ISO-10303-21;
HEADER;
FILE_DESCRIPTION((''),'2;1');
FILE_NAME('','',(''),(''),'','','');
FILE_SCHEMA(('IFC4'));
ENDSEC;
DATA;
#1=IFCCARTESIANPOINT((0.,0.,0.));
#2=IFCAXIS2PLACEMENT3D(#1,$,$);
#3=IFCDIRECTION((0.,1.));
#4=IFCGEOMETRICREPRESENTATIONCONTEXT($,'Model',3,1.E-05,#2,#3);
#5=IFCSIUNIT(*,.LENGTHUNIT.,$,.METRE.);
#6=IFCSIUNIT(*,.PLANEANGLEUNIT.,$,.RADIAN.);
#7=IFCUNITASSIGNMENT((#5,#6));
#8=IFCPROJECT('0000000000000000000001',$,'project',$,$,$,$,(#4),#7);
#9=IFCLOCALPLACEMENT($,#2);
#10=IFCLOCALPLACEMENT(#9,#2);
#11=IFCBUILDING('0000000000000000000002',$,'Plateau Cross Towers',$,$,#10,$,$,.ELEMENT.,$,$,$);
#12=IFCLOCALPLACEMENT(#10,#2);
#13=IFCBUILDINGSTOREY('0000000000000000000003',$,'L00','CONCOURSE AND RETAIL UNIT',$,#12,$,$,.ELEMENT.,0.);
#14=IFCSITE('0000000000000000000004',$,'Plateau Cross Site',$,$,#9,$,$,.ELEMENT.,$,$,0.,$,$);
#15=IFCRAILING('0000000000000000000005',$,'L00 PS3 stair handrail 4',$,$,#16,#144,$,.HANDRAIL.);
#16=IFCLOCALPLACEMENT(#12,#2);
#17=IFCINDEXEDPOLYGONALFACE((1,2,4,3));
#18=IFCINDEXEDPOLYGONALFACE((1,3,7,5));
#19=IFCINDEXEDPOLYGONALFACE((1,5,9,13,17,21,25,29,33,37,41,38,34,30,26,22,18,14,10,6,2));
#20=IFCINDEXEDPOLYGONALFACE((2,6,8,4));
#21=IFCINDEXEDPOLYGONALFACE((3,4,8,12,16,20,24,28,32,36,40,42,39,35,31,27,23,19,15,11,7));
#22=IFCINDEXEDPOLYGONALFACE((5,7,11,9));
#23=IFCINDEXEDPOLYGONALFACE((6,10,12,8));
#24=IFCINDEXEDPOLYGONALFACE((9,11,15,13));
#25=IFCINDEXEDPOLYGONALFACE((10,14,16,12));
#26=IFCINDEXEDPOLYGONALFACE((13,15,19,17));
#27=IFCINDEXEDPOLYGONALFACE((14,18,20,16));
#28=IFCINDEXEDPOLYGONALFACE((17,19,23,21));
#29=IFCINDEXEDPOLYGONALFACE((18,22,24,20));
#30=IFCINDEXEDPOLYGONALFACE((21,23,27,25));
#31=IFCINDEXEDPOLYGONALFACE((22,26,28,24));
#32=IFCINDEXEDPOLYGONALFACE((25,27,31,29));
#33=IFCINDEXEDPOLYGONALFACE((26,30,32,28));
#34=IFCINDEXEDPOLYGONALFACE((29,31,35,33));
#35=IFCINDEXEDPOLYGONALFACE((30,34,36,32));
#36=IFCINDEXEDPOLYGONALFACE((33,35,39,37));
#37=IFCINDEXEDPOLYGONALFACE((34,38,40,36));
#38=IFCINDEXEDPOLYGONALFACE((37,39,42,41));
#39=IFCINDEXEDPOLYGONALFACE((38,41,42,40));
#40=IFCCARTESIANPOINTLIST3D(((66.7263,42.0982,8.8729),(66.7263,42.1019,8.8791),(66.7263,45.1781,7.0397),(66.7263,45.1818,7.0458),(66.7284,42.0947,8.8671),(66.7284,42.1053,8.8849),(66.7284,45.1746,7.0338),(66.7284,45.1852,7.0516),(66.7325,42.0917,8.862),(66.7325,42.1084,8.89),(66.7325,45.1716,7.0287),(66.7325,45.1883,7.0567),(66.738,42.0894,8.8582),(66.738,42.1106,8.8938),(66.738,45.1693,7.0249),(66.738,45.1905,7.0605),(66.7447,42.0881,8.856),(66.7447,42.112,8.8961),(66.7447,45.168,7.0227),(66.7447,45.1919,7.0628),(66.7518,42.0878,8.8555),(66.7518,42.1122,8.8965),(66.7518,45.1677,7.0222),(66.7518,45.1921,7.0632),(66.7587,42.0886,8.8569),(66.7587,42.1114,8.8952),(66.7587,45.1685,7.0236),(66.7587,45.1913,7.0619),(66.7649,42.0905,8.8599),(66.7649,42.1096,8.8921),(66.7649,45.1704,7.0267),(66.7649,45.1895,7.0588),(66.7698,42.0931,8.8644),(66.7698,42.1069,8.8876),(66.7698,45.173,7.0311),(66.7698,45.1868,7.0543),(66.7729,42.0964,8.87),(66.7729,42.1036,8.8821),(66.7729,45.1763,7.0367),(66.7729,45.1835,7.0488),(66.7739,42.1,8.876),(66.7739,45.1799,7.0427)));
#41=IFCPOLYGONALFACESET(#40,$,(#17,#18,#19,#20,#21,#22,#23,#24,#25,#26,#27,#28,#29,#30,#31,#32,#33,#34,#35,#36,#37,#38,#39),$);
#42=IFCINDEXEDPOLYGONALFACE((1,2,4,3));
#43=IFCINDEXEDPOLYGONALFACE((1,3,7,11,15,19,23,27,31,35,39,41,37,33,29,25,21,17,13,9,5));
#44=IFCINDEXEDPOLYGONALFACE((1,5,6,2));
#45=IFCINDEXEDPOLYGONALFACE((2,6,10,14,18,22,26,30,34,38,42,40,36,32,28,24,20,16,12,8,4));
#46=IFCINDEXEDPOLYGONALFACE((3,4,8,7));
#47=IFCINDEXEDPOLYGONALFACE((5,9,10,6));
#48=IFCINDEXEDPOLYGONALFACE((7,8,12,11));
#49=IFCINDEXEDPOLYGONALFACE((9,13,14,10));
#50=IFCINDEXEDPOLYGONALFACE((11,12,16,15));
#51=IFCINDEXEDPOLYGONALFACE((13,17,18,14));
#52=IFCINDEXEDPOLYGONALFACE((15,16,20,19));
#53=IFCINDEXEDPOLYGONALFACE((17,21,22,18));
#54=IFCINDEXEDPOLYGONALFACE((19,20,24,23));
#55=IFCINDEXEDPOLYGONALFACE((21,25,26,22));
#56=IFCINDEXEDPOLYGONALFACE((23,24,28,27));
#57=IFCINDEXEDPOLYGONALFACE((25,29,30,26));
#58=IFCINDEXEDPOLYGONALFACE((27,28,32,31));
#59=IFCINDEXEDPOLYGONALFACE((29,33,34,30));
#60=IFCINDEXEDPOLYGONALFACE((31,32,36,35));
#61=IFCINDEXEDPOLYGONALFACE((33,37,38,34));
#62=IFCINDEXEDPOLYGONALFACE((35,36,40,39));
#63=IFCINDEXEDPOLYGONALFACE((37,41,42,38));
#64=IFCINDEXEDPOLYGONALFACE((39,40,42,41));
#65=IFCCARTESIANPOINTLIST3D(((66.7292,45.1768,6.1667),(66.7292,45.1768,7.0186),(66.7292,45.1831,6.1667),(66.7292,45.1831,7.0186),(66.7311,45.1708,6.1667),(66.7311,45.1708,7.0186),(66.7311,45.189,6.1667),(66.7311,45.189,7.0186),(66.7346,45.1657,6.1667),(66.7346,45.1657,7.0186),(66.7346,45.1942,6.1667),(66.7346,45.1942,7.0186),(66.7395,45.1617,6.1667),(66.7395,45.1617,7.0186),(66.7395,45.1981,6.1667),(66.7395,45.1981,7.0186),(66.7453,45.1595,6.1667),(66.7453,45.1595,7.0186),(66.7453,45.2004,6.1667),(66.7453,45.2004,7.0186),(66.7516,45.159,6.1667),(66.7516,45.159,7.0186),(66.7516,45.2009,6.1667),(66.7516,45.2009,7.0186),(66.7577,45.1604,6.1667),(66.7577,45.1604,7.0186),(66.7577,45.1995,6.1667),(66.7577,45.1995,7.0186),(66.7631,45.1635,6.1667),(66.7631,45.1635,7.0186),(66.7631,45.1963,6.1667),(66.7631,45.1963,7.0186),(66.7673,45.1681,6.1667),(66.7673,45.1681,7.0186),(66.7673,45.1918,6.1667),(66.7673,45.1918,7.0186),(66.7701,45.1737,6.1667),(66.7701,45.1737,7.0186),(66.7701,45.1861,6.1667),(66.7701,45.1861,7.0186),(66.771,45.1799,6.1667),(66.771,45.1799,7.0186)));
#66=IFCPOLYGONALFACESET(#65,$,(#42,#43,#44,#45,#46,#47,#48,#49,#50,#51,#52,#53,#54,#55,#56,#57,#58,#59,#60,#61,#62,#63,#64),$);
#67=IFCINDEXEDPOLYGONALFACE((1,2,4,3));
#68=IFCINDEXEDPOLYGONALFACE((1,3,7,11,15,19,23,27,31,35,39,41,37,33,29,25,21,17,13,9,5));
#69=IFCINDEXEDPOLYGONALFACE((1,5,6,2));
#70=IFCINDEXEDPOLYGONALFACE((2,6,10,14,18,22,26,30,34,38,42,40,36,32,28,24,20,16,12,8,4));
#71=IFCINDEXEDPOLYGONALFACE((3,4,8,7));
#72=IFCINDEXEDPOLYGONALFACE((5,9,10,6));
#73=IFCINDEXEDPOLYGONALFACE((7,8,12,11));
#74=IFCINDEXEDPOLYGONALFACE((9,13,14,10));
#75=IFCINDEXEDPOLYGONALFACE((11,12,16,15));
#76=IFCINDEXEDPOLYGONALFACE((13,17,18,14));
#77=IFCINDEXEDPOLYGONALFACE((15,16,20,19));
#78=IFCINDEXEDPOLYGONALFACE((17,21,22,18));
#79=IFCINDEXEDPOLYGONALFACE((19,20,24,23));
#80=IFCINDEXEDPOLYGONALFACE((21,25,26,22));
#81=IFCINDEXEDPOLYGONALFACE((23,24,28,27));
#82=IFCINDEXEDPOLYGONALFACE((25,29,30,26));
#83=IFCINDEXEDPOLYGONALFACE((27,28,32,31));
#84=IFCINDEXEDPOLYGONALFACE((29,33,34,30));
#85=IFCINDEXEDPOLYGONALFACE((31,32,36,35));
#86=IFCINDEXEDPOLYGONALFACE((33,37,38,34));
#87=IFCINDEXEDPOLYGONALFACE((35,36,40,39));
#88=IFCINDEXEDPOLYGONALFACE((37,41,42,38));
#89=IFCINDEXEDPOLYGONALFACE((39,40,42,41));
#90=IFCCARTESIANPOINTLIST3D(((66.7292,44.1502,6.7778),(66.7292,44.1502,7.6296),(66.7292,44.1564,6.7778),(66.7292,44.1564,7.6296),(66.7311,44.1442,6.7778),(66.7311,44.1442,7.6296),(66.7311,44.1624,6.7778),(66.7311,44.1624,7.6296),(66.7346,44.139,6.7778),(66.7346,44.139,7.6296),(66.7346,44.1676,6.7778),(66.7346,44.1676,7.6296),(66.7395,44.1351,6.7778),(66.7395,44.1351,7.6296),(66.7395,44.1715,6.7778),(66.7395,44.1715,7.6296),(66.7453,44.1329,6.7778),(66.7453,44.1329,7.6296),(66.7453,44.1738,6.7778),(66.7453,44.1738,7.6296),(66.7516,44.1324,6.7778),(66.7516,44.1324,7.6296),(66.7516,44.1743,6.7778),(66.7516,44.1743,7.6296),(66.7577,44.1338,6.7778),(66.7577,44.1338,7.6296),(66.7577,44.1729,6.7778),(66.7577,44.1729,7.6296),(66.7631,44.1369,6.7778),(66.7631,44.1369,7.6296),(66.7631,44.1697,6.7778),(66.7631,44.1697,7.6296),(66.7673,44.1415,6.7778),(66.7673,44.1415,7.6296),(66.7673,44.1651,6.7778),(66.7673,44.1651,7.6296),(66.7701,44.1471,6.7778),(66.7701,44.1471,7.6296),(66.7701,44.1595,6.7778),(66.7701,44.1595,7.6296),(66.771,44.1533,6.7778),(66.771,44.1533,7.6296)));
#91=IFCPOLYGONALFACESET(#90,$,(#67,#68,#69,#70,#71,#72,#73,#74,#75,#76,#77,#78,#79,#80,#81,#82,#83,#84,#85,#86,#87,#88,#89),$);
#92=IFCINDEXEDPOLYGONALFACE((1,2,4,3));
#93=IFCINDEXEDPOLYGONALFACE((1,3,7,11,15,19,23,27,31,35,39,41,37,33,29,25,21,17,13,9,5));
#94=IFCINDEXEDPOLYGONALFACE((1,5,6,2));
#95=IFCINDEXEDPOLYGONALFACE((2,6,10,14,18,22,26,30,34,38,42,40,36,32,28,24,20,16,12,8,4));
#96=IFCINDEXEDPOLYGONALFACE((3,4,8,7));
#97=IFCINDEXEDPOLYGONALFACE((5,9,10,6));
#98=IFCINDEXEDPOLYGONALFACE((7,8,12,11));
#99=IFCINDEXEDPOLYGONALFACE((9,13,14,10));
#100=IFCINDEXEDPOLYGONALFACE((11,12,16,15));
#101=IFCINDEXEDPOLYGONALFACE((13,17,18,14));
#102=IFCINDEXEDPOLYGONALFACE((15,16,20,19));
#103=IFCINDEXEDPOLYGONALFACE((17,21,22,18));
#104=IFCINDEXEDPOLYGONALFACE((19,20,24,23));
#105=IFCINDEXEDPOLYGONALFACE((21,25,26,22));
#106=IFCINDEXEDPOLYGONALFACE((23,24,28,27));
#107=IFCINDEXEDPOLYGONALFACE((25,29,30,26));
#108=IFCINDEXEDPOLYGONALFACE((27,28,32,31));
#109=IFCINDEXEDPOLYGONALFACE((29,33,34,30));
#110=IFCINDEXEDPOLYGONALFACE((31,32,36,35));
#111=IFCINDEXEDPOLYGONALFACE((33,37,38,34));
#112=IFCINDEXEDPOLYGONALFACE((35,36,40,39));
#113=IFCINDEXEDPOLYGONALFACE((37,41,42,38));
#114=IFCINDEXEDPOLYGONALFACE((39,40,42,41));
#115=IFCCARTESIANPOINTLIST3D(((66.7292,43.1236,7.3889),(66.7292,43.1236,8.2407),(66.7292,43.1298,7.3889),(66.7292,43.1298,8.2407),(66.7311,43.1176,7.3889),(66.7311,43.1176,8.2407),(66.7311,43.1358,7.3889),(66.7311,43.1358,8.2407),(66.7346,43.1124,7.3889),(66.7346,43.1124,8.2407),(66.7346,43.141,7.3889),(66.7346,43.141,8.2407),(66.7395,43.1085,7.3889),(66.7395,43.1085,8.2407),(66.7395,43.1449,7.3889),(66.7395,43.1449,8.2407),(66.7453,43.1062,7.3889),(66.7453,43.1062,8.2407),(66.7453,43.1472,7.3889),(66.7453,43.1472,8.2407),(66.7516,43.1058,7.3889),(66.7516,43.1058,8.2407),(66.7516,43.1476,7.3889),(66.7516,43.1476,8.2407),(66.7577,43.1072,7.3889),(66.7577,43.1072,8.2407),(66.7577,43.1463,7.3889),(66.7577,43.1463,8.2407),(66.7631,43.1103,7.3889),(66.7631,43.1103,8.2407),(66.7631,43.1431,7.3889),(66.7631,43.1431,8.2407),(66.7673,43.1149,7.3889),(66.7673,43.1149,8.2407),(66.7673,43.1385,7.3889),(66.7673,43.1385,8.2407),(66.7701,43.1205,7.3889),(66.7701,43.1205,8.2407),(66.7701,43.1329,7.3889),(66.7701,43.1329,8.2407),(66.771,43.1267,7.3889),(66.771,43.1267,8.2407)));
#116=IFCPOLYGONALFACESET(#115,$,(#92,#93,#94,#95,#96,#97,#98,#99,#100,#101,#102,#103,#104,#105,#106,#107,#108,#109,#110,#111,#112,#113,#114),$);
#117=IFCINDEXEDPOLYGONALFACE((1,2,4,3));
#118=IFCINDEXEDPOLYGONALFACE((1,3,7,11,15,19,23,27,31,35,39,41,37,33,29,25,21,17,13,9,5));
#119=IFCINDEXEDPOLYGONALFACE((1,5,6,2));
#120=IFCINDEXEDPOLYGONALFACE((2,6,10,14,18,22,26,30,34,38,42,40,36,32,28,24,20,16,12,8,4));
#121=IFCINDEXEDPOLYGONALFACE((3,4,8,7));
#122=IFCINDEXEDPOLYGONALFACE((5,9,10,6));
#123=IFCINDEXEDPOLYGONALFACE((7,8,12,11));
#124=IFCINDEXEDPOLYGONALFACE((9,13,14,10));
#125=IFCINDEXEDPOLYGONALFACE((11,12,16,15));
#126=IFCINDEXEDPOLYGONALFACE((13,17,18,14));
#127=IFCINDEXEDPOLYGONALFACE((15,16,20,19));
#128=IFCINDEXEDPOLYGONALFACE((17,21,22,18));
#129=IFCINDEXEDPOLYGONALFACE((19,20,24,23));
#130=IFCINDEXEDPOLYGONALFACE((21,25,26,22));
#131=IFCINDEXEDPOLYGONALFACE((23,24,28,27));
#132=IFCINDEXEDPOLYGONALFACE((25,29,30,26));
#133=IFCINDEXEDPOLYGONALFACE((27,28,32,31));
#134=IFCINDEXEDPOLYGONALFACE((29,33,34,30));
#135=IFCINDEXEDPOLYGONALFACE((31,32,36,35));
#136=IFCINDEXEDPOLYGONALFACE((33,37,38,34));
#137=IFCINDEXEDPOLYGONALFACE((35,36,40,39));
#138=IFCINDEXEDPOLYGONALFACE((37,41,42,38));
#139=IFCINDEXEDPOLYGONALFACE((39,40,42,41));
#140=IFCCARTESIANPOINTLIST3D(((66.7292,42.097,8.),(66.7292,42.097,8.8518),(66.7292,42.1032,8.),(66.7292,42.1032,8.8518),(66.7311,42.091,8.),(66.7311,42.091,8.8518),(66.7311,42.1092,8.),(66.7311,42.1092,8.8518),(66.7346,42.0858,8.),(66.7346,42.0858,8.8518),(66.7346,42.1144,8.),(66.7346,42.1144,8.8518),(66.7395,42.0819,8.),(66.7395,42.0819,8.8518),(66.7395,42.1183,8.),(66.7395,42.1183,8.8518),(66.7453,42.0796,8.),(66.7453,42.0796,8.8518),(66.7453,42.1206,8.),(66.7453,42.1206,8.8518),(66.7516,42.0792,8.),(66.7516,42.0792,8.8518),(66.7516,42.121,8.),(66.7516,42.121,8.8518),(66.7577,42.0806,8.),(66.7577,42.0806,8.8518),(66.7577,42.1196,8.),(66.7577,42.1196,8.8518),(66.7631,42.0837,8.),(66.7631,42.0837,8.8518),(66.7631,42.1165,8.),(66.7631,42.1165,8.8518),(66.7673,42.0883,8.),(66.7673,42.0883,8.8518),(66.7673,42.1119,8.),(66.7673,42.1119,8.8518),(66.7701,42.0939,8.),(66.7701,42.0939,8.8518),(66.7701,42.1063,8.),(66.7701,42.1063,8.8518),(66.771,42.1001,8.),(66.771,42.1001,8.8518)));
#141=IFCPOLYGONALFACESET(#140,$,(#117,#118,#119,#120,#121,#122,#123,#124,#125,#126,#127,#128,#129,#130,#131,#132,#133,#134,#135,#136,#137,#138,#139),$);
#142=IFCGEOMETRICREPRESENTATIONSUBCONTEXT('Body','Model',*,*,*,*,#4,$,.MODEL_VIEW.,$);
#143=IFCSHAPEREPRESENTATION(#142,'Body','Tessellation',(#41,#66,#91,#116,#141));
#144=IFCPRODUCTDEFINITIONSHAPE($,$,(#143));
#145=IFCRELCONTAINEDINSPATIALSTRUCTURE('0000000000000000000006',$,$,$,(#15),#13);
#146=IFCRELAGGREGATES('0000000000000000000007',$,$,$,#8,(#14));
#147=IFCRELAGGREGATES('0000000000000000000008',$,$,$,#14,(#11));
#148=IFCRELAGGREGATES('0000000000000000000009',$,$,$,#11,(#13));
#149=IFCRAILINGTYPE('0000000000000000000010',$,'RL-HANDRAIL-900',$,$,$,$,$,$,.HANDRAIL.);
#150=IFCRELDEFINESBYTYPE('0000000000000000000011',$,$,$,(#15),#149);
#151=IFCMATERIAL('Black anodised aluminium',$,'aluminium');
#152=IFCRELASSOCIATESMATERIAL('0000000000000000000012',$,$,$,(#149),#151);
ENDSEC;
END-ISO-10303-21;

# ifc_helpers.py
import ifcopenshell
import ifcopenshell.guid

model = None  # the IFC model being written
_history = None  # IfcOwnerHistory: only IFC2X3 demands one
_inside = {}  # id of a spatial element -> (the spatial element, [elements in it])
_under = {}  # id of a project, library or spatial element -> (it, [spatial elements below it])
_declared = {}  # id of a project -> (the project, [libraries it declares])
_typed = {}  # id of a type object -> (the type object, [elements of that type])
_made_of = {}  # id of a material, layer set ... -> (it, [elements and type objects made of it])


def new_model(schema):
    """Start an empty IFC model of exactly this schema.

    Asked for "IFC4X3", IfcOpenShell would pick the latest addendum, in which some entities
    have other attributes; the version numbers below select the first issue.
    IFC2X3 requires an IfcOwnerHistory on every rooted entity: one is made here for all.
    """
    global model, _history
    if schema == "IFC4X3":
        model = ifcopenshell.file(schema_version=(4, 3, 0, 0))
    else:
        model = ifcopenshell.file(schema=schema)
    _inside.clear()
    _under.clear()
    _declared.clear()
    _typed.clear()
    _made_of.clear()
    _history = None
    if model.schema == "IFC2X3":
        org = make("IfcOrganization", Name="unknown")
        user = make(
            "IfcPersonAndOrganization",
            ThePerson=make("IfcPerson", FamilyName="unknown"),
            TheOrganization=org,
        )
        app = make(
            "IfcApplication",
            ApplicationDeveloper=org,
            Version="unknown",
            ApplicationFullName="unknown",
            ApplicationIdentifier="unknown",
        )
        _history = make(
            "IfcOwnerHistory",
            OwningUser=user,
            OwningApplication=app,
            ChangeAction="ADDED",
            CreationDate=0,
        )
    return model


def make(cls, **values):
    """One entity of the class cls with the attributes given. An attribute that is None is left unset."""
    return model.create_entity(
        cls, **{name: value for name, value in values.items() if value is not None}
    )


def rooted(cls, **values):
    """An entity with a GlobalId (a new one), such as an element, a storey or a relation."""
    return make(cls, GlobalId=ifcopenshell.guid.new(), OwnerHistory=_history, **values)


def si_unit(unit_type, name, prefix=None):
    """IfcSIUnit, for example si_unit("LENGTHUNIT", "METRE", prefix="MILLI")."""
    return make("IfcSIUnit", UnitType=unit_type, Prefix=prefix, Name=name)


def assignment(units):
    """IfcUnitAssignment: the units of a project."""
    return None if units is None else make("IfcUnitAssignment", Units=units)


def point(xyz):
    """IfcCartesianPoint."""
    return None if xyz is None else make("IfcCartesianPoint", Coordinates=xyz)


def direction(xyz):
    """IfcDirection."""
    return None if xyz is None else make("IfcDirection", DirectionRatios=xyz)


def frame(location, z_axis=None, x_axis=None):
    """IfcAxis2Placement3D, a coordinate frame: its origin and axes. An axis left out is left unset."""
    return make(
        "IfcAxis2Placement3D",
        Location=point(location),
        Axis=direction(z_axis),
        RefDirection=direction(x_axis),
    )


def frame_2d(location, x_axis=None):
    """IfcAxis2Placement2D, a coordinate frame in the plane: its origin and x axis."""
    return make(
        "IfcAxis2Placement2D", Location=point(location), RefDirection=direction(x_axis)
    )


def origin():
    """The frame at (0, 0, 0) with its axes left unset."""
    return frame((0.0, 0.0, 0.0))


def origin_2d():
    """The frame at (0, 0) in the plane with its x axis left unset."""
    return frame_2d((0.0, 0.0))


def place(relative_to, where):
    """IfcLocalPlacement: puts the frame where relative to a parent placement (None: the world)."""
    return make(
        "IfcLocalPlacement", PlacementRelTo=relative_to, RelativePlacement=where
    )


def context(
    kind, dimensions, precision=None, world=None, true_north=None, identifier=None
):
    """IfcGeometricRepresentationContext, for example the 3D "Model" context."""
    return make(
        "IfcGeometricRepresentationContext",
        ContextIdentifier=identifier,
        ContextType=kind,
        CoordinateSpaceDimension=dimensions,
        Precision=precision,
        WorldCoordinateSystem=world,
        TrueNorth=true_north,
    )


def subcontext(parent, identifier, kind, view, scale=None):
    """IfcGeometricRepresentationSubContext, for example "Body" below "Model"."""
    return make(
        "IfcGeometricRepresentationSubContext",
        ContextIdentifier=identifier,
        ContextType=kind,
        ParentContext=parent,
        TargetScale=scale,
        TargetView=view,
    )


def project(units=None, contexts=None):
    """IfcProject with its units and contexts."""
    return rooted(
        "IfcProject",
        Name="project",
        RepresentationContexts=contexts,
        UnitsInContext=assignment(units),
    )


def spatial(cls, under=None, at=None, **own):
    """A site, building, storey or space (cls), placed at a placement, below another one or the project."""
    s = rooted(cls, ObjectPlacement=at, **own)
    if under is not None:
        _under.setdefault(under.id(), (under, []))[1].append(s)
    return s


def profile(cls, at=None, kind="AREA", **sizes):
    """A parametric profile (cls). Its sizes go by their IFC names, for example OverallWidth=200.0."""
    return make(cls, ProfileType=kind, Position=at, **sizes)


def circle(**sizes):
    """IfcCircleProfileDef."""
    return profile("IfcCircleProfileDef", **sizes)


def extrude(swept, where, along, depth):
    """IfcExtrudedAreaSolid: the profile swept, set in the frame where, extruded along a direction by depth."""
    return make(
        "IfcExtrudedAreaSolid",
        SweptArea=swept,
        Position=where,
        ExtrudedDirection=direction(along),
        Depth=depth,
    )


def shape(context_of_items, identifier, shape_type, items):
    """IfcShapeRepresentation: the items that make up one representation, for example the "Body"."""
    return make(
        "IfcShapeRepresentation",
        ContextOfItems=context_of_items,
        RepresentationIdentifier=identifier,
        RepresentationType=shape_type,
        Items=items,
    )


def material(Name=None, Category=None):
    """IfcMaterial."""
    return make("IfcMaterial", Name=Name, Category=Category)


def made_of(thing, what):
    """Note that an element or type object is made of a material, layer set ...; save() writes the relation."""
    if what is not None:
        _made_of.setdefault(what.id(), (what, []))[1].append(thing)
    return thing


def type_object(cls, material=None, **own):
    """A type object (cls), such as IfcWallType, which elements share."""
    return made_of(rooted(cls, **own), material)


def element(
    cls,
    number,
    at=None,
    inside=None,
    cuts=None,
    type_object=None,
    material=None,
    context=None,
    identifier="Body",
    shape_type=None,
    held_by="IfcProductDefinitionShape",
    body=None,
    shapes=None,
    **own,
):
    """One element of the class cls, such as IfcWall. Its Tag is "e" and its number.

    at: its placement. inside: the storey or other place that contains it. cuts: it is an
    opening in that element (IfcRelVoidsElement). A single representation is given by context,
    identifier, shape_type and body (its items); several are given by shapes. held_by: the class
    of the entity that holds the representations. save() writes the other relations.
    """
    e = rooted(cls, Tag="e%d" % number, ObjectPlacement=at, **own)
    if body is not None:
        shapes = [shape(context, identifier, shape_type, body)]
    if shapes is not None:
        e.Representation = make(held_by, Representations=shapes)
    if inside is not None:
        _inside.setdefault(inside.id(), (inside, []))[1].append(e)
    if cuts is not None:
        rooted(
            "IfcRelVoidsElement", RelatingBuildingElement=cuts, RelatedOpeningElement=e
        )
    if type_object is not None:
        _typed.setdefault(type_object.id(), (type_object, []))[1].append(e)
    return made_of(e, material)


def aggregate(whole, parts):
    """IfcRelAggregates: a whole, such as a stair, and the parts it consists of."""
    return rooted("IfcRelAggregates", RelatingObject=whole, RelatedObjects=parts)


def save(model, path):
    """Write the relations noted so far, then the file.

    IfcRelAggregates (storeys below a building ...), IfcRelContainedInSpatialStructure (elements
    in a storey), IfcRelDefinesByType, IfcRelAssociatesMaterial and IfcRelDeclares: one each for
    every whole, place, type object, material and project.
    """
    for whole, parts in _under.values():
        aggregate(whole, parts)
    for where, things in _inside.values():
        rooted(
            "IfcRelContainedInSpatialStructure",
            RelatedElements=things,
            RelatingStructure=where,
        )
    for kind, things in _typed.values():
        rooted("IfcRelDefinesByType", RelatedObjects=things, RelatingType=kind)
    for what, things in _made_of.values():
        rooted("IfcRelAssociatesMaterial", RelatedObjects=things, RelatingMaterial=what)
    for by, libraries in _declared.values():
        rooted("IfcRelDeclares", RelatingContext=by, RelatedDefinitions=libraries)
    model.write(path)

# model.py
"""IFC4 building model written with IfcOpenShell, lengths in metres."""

from ifc_helpers import new_model, si_unit, direction, frame, origin, origin_2d, place, context, subcontext, project, spatial, circle, extrude, material, type_object, element, save


model = new_model("IFC4")

# Units and contexts
model_context = context("Model", 3, precision=1e-05, world=origin(), true_north=direction((0.0, 1.0)))
body_context = subcontext(model_context, "Body", "Model", "MODEL_VIEW")
ifc_project = project(units=[si_unit("LENGTHUNIT", "METRE"), si_unit("PLANEANGLEUNIT", "RADIAN")], contexts=[model_context])

# Site, building, storey
site_placement = place(None, origin())
site = spatial("IfcSite", under=ifc_project, at=site_placement, Name="Plateau Cross Site", CompositionType="ELEMENT", RefElevation=0.0)
building_placement = place(site_placement, origin())
building = spatial("IfcBuilding", under=site, at=building_placement, Name="Plateau Cross Towers", CompositionType="ELEMENT")
storey_placement = place(building_placement, origin())
storey = spatial("IfcBuildingStorey", under=building, at=storey_placement, Name="L00", Description="CONCOURSE AND RETAIL UNIT", CompositionType="ELEMENT", Elevation=0.0)

# Shared definitions
ifc_material_1 = material(Name="Black anodised aluminium", Category="aluminium")

# Railing
railing_type_1 = type_object("IfcRailingType", Name="RL-HANDRAIL-900", PredefinedType="HANDRAIL", material=ifc_material_1)
railing_1_placement = place(storey_placement, frame((66.75, 45.1799, 6.1667)))
element("IfcRailing", 1, at=railing_1_placement, inside=storey, type_object=railing_type_1, Name="L00 PS3 stair handrail 4", PredefinedType="HANDRAIL", context=body_context, shape_type="SweptSolid", body=[
    extrude(circle(Radius=0.0239, at=origin_2d()), frame((0.0, 0.0, 0.876), z_axis=(0.0, -0.859291, 0.511487), x_axis=(1.0, 0.0, 0.0)), (0.0, 0.0, 1.0), 3.5842),
    extrude(circle(Radius=0.021, at=origin_2d()), origin(), (0.0, 0.0, 1.0), 0.8518),
    extrude(circle(Radius=0.021, at=origin_2d()), frame((0.0, -1.0266, 0.6111)), (0.0, 0.0, 1.0), 0.8518),
    extrude(circle(Radius=0.021, at=origin_2d()), frame((0.0, -2.0532, 1.2222)), (0.0, 0.0, 1.0), 0.8518),
    extrude(circle(Radius=0.021, at=origin_2d()), frame((0.0, -3.0798, 1.8333)), (0.0, 0.0, 1.0), 0.8518),
])

save(model, "model.ifc")
